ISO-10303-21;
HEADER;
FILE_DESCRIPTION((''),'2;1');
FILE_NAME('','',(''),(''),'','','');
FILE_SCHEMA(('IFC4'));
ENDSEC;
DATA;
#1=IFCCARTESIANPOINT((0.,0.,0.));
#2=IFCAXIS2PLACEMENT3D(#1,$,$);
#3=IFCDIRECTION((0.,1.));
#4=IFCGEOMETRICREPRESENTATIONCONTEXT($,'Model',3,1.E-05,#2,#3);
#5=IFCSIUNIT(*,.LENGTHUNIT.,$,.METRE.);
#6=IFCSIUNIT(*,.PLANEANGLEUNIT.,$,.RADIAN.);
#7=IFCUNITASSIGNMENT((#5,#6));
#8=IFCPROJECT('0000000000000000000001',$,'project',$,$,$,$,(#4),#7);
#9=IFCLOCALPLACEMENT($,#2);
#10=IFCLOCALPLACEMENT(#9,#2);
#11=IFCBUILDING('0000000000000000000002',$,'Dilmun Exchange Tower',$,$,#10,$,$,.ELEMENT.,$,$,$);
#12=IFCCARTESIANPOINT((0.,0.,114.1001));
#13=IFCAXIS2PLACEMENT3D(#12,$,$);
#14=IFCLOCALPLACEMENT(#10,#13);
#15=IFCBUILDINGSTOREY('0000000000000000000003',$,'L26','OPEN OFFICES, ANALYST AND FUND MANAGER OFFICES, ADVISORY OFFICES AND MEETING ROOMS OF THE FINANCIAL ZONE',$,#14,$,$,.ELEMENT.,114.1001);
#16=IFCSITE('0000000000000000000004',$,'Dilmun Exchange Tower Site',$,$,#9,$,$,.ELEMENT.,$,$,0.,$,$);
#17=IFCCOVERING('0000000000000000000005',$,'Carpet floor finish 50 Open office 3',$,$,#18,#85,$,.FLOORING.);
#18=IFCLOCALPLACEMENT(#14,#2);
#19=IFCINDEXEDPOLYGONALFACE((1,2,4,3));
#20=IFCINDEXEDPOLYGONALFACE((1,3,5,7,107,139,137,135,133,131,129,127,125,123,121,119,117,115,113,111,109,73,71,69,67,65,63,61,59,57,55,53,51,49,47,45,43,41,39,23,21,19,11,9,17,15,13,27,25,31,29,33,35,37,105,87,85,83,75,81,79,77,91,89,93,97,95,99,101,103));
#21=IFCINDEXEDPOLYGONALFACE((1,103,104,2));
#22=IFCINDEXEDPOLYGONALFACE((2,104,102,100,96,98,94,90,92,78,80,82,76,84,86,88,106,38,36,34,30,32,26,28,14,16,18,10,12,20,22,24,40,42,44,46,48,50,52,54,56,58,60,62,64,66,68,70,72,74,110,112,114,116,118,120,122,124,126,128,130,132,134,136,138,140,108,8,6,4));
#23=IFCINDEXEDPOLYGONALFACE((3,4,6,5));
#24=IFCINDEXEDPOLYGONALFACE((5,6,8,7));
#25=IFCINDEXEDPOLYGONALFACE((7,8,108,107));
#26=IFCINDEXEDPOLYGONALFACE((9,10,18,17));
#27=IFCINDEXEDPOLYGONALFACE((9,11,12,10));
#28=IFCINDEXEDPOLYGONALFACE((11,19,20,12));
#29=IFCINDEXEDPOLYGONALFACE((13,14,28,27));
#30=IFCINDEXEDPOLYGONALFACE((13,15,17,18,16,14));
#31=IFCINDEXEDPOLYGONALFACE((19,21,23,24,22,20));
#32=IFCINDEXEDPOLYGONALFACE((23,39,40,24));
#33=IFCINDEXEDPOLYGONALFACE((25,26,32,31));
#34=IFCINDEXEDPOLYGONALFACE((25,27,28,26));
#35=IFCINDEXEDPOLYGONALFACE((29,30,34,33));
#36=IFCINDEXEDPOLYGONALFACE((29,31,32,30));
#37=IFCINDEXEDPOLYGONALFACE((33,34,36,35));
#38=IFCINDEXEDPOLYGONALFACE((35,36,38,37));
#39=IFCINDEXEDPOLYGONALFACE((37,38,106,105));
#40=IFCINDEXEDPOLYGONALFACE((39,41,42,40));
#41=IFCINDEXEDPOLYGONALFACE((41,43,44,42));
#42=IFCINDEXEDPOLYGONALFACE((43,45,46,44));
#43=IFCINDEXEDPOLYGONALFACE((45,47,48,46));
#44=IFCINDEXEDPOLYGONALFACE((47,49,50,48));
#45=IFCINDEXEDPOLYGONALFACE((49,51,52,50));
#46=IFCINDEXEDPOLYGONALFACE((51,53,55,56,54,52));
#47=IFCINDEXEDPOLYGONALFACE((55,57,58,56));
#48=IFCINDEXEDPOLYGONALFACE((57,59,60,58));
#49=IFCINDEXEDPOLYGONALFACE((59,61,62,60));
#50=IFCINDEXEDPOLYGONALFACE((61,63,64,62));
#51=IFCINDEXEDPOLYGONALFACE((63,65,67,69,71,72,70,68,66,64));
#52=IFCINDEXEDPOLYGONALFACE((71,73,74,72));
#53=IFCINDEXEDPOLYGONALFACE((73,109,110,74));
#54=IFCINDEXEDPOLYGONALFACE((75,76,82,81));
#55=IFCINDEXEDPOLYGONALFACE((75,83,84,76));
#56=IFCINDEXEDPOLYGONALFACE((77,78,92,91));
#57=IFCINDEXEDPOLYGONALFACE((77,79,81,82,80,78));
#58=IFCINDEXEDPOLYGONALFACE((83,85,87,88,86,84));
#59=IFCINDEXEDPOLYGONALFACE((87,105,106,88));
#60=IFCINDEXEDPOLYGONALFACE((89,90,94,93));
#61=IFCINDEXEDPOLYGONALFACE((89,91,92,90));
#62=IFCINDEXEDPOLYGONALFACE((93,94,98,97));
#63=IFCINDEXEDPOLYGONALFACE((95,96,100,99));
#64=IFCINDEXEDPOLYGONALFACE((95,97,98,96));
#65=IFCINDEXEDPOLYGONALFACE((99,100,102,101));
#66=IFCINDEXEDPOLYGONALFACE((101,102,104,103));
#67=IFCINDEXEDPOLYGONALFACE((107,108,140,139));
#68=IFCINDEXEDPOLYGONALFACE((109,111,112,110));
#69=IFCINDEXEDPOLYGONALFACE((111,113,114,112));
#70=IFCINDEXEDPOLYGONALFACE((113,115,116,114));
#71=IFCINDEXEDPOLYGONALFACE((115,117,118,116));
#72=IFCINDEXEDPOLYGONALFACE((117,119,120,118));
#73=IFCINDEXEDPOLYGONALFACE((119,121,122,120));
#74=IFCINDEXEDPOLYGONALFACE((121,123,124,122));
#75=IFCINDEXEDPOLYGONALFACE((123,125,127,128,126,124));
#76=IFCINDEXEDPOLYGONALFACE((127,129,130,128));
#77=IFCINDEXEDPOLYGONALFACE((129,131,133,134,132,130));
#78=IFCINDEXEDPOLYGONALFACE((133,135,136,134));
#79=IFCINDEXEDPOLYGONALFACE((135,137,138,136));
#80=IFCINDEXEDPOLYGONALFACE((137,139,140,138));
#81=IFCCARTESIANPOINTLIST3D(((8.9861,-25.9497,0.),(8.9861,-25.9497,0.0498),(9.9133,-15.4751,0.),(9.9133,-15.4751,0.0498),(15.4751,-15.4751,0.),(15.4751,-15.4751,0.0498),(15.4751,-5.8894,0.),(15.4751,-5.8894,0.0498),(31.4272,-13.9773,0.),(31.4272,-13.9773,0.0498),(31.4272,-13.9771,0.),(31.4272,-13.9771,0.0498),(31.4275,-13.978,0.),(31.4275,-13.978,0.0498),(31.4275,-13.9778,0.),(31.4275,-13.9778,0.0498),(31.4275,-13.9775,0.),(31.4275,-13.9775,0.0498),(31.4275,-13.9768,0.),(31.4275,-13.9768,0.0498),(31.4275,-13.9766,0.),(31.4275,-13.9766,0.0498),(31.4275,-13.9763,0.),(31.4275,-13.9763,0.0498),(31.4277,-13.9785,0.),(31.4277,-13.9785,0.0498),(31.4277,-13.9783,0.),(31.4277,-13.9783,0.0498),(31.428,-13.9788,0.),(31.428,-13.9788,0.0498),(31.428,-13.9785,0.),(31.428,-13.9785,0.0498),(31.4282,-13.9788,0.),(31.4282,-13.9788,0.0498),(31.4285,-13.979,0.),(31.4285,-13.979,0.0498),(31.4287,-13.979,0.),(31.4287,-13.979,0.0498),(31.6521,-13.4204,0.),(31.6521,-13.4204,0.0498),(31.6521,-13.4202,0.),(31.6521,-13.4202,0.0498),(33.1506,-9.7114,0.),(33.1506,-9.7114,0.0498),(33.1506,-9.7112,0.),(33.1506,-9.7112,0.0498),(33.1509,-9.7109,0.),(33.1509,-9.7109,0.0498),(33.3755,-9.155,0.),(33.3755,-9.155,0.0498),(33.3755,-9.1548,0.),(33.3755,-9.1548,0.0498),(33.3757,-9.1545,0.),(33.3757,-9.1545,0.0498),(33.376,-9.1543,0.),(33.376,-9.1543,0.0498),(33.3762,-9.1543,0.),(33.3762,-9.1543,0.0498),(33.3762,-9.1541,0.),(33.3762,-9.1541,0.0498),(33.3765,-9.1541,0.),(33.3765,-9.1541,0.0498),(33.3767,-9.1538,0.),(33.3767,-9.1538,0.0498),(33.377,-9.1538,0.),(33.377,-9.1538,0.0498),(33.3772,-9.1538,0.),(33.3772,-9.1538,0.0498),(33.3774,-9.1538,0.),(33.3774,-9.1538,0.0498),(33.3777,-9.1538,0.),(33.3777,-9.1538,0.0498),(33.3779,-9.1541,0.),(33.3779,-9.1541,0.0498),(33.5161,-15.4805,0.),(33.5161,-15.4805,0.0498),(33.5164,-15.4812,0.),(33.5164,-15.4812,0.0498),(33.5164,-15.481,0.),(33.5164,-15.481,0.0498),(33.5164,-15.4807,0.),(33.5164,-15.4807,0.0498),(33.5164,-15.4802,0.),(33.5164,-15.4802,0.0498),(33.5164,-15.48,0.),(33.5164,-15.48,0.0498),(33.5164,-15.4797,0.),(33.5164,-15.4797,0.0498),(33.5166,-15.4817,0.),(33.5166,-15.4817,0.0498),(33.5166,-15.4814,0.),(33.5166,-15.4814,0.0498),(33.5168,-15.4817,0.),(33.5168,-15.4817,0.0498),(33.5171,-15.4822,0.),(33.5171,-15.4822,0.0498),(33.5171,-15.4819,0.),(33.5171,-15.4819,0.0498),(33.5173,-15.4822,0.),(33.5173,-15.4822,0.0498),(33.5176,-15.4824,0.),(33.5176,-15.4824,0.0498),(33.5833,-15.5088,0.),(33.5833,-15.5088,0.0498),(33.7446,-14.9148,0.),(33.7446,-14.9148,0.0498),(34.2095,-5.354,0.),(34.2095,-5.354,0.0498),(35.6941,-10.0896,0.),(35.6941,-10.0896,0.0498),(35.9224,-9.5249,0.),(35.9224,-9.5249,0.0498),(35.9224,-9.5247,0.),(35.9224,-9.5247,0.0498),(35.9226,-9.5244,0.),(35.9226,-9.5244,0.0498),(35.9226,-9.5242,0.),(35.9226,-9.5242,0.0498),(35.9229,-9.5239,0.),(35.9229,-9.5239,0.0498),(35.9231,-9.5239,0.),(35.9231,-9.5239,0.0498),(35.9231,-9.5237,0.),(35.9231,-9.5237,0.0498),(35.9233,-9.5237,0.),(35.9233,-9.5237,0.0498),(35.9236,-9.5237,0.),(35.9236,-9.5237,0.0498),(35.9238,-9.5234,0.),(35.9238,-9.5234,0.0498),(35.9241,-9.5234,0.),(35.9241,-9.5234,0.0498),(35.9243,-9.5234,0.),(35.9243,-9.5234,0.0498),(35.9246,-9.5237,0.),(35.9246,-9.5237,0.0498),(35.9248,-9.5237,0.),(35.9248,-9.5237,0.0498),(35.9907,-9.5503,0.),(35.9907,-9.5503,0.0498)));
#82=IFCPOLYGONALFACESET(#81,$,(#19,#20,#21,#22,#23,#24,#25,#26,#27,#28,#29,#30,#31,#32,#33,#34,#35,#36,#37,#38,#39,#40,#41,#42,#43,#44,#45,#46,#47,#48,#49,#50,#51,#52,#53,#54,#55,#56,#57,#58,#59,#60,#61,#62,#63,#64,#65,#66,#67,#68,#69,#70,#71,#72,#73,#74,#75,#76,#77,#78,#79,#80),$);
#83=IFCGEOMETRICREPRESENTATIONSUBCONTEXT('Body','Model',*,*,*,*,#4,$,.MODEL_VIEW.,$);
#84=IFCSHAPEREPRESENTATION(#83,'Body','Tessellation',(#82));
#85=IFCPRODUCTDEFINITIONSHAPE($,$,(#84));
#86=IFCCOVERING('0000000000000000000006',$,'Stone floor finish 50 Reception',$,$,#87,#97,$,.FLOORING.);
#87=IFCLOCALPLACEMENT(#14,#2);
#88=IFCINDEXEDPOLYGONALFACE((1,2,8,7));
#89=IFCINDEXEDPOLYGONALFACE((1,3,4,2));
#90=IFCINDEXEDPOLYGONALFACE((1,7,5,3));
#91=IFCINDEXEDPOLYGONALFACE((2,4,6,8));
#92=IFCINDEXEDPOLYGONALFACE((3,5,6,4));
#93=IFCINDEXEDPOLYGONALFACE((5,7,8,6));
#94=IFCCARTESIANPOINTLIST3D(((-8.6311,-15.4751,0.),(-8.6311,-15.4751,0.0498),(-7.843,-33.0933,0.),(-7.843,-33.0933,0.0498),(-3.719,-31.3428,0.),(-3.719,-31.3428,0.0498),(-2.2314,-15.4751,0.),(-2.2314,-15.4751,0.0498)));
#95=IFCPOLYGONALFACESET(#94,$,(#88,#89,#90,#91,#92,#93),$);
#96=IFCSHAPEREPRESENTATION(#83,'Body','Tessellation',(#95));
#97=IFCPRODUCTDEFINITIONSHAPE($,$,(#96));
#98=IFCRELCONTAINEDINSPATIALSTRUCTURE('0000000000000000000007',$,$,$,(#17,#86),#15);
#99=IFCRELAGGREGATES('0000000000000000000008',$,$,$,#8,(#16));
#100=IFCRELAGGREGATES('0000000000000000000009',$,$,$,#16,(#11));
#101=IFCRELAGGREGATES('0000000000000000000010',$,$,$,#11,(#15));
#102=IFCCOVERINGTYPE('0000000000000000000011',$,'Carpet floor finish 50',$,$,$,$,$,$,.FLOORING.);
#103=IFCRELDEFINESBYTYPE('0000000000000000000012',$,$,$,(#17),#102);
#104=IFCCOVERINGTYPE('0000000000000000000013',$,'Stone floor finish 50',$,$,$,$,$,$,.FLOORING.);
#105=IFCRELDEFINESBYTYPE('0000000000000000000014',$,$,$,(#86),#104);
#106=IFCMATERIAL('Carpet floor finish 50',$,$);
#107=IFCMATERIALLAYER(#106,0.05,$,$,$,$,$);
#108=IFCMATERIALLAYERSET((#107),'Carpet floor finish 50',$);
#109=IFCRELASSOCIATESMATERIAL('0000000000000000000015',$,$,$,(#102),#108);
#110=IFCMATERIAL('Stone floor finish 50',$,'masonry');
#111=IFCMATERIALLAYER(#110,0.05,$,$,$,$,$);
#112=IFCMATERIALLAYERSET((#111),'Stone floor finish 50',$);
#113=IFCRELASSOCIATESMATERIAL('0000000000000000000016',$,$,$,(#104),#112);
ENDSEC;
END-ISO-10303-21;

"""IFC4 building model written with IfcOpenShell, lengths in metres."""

from ifc_helpers import new_model, si_unit, direction, frame, origin, place, context, subcontext, project, spatial, polyline, outline, extrude, material, layer, layer_set, type_object, element, save


model = new_model("IFC4")

# Units and contexts
model_context = context("Model", 3, precision=1e-05, world=origin(), true_north=direction((0.0, 1.0)))
body_context = subcontext(model_context, "Body", "Model", "MODEL_VIEW")
ifc_project = project(units=[si_unit("LENGTHUNIT", "METRE"), si_unit("PLANEANGLEUNIT", "RADIAN")], contexts=[model_context])

# Site, building, storey
site_placement = place(None, origin())
site = spatial("IfcSite", under=ifc_project, at=site_placement, Name="Dilmun Exchange Tower Site", CompositionType="ELEMENT", RefElevation=0.0)
building_placement = place(site_placement, origin())
building = spatial("IfcBuilding", under=site, at=building_placement, Name="Dilmun Exchange Tower", CompositionType="ELEMENT")
storey_placement = place(building_placement, frame((0.0, 0.0, 114.1001)))
storey = spatial("IfcBuildingStorey", under=building, at=storey_placement, Name="L26", Description="OPEN OFFICES, ANALYST AND FUND MANAGER OFFICES, ADVISORY OFFICES AND MEETING ROOMS OF THE FINANCIAL ZONE", CompositionType="ELEMENT", Elevation=114.1001)

# Coverings
ifc_material_1 = material(Name="Carpet floor finish 50")
ifc_layer_1 = layer(ifc_material_1, 0.05)
ifc_layer_set_1 = layer_set([ifc_layer_1], Name="Carpet floor finish 50")
covering_type_1 = type_object("IfcCoveringType", Name="Carpet floor finish 50", PredefinedType="FLOORING", material=ifc_layer_set_1)
covering_1_placement = place(storey_placement, origin())
element("IfcCovering", 1, at=covering_1_placement, inside=storey, type_object=covering_type_1, Name="Carpet floor finish 50 Open office 3", PredefinedType="FLOORING", context=body_context, shape_type="SweptSolid", body=[
    extrude(outline(polyline([(9.9133, -15.4751), (15.4751, -15.4751), (15.4751, -5.8894), (34.2095, -5.354), (35.9907, -9.5503), (35.9248, -9.5237), (35.9248, -9.5237), (35.9246, -9.5237), (35.9243, -9.5234), (35.9241, -9.5234), (35.9238, -9.5234), (35.9236, -9.5237), (35.9236, -9.5237), (35.9233, -9.5237), (35.9231, -9.5237), (35.9231, -9.5239), (35.9229, -9.5239), (35.9226, -9.5242), (35.9226, -9.5244), (35.9226, -9.5244), (35.9224, -9.5247), (35.9224, -9.5249), (35.6941, -10.0896), (33.3779, -9.1541), (33.3777, -9.1538), (33.3777, -9.1538), (33.3774, -9.1538), (33.3772, -9.1538), (33.3772, -9.1538), (33.377, -9.1538), (33.3767, -9.1538), (33.3765, -9.1541), (33.3762, -9.1541), (33.3762, -9.1543), (33.376, -9.1543), (33.376, -9.1543), (33.3757, -9.1545), (33.3755, -9.1548), (33.3755, -9.1548), (33.3755, -9.155), (33.1509, -9.7109), (33.1509, -9.7109), (33.1506, -9.7112), (33.1506, -9.7114), (31.6521, -13.4202), (31.6521, -13.4204), (31.6521, -13.4204), (31.6521, -13.4204), (31.4275, -13.9763), (31.4275, -13.9766), (31.4275, -13.9768), (31.4272, -13.9771), (31.4272, -13.9773), (31.4272, -13.9773), (31.4275, -13.9775), (31.4275, -13.9778), (31.4275, -13.9778), (31.4275, -13.978), (31.4277, -13.9783), (31.4277, -13.9785), (31.428, -13.9785), (31.428, -13.9788), (31.4282, -13.9788), (31.4285, -13.979), (31.4287, -13.979), (33.7446, -14.9148), (33.5164, -15.4797), (33.5164, -15.48), (33.5164, -15.48), (33.5164, -15.4802), (33.5161, -15.4805), (33.5164, -15.4807), (33.5164, -15.4807), (33.5164, -15.481), (33.5164, -15.4812), (33.5166, -15.4814), (33.5166, -15.4814), (33.5166, -15.4817), (33.5168, -15.4817), (33.5171, -15.4819), (33.5171, -15.4822), (33.5173, -15.4822), (33.5176, -15.4824), (33.5833, -15.5088), (8.9861, -25.9497), (9.9133, -15.4751)])), origin(), (0.0, 0.0, 1.0), 0.0498),
])
ifc_material_2 = material(Name="Stone floor finish 50", Category="masonry")
ifc_layer_2 = layer(ifc_material_2, 0.05)
ifc_layer_set_2 = layer_set([ifc_layer_2], Name="Stone floor finish 50")
covering_type_2 = type_object("IfcCoveringType", Name="Stone floor finish 50", PredefinedType="FLOORING", material=ifc_layer_set_2)
covering_2_placement = place(storey_placement, origin())
element("IfcCovering", 2, at=covering_2_placement, inside=storey, type_object=covering_type_2, Name="Stone floor finish 50 Reception", PredefinedType="FLOORING", context=body_context, shape_type="SweptSolid", body=[
    extrude(outline(polyline([(-8.6311, -15.4751), (-2.2314, -15.4751), (-3.719, -31.3428), (-7.843, -33.0933), (-8.6311, -15.4751)])), origin(), (0.0, 0.0, 1.0), 0.0498),
])

save(model, "model.ifc")
